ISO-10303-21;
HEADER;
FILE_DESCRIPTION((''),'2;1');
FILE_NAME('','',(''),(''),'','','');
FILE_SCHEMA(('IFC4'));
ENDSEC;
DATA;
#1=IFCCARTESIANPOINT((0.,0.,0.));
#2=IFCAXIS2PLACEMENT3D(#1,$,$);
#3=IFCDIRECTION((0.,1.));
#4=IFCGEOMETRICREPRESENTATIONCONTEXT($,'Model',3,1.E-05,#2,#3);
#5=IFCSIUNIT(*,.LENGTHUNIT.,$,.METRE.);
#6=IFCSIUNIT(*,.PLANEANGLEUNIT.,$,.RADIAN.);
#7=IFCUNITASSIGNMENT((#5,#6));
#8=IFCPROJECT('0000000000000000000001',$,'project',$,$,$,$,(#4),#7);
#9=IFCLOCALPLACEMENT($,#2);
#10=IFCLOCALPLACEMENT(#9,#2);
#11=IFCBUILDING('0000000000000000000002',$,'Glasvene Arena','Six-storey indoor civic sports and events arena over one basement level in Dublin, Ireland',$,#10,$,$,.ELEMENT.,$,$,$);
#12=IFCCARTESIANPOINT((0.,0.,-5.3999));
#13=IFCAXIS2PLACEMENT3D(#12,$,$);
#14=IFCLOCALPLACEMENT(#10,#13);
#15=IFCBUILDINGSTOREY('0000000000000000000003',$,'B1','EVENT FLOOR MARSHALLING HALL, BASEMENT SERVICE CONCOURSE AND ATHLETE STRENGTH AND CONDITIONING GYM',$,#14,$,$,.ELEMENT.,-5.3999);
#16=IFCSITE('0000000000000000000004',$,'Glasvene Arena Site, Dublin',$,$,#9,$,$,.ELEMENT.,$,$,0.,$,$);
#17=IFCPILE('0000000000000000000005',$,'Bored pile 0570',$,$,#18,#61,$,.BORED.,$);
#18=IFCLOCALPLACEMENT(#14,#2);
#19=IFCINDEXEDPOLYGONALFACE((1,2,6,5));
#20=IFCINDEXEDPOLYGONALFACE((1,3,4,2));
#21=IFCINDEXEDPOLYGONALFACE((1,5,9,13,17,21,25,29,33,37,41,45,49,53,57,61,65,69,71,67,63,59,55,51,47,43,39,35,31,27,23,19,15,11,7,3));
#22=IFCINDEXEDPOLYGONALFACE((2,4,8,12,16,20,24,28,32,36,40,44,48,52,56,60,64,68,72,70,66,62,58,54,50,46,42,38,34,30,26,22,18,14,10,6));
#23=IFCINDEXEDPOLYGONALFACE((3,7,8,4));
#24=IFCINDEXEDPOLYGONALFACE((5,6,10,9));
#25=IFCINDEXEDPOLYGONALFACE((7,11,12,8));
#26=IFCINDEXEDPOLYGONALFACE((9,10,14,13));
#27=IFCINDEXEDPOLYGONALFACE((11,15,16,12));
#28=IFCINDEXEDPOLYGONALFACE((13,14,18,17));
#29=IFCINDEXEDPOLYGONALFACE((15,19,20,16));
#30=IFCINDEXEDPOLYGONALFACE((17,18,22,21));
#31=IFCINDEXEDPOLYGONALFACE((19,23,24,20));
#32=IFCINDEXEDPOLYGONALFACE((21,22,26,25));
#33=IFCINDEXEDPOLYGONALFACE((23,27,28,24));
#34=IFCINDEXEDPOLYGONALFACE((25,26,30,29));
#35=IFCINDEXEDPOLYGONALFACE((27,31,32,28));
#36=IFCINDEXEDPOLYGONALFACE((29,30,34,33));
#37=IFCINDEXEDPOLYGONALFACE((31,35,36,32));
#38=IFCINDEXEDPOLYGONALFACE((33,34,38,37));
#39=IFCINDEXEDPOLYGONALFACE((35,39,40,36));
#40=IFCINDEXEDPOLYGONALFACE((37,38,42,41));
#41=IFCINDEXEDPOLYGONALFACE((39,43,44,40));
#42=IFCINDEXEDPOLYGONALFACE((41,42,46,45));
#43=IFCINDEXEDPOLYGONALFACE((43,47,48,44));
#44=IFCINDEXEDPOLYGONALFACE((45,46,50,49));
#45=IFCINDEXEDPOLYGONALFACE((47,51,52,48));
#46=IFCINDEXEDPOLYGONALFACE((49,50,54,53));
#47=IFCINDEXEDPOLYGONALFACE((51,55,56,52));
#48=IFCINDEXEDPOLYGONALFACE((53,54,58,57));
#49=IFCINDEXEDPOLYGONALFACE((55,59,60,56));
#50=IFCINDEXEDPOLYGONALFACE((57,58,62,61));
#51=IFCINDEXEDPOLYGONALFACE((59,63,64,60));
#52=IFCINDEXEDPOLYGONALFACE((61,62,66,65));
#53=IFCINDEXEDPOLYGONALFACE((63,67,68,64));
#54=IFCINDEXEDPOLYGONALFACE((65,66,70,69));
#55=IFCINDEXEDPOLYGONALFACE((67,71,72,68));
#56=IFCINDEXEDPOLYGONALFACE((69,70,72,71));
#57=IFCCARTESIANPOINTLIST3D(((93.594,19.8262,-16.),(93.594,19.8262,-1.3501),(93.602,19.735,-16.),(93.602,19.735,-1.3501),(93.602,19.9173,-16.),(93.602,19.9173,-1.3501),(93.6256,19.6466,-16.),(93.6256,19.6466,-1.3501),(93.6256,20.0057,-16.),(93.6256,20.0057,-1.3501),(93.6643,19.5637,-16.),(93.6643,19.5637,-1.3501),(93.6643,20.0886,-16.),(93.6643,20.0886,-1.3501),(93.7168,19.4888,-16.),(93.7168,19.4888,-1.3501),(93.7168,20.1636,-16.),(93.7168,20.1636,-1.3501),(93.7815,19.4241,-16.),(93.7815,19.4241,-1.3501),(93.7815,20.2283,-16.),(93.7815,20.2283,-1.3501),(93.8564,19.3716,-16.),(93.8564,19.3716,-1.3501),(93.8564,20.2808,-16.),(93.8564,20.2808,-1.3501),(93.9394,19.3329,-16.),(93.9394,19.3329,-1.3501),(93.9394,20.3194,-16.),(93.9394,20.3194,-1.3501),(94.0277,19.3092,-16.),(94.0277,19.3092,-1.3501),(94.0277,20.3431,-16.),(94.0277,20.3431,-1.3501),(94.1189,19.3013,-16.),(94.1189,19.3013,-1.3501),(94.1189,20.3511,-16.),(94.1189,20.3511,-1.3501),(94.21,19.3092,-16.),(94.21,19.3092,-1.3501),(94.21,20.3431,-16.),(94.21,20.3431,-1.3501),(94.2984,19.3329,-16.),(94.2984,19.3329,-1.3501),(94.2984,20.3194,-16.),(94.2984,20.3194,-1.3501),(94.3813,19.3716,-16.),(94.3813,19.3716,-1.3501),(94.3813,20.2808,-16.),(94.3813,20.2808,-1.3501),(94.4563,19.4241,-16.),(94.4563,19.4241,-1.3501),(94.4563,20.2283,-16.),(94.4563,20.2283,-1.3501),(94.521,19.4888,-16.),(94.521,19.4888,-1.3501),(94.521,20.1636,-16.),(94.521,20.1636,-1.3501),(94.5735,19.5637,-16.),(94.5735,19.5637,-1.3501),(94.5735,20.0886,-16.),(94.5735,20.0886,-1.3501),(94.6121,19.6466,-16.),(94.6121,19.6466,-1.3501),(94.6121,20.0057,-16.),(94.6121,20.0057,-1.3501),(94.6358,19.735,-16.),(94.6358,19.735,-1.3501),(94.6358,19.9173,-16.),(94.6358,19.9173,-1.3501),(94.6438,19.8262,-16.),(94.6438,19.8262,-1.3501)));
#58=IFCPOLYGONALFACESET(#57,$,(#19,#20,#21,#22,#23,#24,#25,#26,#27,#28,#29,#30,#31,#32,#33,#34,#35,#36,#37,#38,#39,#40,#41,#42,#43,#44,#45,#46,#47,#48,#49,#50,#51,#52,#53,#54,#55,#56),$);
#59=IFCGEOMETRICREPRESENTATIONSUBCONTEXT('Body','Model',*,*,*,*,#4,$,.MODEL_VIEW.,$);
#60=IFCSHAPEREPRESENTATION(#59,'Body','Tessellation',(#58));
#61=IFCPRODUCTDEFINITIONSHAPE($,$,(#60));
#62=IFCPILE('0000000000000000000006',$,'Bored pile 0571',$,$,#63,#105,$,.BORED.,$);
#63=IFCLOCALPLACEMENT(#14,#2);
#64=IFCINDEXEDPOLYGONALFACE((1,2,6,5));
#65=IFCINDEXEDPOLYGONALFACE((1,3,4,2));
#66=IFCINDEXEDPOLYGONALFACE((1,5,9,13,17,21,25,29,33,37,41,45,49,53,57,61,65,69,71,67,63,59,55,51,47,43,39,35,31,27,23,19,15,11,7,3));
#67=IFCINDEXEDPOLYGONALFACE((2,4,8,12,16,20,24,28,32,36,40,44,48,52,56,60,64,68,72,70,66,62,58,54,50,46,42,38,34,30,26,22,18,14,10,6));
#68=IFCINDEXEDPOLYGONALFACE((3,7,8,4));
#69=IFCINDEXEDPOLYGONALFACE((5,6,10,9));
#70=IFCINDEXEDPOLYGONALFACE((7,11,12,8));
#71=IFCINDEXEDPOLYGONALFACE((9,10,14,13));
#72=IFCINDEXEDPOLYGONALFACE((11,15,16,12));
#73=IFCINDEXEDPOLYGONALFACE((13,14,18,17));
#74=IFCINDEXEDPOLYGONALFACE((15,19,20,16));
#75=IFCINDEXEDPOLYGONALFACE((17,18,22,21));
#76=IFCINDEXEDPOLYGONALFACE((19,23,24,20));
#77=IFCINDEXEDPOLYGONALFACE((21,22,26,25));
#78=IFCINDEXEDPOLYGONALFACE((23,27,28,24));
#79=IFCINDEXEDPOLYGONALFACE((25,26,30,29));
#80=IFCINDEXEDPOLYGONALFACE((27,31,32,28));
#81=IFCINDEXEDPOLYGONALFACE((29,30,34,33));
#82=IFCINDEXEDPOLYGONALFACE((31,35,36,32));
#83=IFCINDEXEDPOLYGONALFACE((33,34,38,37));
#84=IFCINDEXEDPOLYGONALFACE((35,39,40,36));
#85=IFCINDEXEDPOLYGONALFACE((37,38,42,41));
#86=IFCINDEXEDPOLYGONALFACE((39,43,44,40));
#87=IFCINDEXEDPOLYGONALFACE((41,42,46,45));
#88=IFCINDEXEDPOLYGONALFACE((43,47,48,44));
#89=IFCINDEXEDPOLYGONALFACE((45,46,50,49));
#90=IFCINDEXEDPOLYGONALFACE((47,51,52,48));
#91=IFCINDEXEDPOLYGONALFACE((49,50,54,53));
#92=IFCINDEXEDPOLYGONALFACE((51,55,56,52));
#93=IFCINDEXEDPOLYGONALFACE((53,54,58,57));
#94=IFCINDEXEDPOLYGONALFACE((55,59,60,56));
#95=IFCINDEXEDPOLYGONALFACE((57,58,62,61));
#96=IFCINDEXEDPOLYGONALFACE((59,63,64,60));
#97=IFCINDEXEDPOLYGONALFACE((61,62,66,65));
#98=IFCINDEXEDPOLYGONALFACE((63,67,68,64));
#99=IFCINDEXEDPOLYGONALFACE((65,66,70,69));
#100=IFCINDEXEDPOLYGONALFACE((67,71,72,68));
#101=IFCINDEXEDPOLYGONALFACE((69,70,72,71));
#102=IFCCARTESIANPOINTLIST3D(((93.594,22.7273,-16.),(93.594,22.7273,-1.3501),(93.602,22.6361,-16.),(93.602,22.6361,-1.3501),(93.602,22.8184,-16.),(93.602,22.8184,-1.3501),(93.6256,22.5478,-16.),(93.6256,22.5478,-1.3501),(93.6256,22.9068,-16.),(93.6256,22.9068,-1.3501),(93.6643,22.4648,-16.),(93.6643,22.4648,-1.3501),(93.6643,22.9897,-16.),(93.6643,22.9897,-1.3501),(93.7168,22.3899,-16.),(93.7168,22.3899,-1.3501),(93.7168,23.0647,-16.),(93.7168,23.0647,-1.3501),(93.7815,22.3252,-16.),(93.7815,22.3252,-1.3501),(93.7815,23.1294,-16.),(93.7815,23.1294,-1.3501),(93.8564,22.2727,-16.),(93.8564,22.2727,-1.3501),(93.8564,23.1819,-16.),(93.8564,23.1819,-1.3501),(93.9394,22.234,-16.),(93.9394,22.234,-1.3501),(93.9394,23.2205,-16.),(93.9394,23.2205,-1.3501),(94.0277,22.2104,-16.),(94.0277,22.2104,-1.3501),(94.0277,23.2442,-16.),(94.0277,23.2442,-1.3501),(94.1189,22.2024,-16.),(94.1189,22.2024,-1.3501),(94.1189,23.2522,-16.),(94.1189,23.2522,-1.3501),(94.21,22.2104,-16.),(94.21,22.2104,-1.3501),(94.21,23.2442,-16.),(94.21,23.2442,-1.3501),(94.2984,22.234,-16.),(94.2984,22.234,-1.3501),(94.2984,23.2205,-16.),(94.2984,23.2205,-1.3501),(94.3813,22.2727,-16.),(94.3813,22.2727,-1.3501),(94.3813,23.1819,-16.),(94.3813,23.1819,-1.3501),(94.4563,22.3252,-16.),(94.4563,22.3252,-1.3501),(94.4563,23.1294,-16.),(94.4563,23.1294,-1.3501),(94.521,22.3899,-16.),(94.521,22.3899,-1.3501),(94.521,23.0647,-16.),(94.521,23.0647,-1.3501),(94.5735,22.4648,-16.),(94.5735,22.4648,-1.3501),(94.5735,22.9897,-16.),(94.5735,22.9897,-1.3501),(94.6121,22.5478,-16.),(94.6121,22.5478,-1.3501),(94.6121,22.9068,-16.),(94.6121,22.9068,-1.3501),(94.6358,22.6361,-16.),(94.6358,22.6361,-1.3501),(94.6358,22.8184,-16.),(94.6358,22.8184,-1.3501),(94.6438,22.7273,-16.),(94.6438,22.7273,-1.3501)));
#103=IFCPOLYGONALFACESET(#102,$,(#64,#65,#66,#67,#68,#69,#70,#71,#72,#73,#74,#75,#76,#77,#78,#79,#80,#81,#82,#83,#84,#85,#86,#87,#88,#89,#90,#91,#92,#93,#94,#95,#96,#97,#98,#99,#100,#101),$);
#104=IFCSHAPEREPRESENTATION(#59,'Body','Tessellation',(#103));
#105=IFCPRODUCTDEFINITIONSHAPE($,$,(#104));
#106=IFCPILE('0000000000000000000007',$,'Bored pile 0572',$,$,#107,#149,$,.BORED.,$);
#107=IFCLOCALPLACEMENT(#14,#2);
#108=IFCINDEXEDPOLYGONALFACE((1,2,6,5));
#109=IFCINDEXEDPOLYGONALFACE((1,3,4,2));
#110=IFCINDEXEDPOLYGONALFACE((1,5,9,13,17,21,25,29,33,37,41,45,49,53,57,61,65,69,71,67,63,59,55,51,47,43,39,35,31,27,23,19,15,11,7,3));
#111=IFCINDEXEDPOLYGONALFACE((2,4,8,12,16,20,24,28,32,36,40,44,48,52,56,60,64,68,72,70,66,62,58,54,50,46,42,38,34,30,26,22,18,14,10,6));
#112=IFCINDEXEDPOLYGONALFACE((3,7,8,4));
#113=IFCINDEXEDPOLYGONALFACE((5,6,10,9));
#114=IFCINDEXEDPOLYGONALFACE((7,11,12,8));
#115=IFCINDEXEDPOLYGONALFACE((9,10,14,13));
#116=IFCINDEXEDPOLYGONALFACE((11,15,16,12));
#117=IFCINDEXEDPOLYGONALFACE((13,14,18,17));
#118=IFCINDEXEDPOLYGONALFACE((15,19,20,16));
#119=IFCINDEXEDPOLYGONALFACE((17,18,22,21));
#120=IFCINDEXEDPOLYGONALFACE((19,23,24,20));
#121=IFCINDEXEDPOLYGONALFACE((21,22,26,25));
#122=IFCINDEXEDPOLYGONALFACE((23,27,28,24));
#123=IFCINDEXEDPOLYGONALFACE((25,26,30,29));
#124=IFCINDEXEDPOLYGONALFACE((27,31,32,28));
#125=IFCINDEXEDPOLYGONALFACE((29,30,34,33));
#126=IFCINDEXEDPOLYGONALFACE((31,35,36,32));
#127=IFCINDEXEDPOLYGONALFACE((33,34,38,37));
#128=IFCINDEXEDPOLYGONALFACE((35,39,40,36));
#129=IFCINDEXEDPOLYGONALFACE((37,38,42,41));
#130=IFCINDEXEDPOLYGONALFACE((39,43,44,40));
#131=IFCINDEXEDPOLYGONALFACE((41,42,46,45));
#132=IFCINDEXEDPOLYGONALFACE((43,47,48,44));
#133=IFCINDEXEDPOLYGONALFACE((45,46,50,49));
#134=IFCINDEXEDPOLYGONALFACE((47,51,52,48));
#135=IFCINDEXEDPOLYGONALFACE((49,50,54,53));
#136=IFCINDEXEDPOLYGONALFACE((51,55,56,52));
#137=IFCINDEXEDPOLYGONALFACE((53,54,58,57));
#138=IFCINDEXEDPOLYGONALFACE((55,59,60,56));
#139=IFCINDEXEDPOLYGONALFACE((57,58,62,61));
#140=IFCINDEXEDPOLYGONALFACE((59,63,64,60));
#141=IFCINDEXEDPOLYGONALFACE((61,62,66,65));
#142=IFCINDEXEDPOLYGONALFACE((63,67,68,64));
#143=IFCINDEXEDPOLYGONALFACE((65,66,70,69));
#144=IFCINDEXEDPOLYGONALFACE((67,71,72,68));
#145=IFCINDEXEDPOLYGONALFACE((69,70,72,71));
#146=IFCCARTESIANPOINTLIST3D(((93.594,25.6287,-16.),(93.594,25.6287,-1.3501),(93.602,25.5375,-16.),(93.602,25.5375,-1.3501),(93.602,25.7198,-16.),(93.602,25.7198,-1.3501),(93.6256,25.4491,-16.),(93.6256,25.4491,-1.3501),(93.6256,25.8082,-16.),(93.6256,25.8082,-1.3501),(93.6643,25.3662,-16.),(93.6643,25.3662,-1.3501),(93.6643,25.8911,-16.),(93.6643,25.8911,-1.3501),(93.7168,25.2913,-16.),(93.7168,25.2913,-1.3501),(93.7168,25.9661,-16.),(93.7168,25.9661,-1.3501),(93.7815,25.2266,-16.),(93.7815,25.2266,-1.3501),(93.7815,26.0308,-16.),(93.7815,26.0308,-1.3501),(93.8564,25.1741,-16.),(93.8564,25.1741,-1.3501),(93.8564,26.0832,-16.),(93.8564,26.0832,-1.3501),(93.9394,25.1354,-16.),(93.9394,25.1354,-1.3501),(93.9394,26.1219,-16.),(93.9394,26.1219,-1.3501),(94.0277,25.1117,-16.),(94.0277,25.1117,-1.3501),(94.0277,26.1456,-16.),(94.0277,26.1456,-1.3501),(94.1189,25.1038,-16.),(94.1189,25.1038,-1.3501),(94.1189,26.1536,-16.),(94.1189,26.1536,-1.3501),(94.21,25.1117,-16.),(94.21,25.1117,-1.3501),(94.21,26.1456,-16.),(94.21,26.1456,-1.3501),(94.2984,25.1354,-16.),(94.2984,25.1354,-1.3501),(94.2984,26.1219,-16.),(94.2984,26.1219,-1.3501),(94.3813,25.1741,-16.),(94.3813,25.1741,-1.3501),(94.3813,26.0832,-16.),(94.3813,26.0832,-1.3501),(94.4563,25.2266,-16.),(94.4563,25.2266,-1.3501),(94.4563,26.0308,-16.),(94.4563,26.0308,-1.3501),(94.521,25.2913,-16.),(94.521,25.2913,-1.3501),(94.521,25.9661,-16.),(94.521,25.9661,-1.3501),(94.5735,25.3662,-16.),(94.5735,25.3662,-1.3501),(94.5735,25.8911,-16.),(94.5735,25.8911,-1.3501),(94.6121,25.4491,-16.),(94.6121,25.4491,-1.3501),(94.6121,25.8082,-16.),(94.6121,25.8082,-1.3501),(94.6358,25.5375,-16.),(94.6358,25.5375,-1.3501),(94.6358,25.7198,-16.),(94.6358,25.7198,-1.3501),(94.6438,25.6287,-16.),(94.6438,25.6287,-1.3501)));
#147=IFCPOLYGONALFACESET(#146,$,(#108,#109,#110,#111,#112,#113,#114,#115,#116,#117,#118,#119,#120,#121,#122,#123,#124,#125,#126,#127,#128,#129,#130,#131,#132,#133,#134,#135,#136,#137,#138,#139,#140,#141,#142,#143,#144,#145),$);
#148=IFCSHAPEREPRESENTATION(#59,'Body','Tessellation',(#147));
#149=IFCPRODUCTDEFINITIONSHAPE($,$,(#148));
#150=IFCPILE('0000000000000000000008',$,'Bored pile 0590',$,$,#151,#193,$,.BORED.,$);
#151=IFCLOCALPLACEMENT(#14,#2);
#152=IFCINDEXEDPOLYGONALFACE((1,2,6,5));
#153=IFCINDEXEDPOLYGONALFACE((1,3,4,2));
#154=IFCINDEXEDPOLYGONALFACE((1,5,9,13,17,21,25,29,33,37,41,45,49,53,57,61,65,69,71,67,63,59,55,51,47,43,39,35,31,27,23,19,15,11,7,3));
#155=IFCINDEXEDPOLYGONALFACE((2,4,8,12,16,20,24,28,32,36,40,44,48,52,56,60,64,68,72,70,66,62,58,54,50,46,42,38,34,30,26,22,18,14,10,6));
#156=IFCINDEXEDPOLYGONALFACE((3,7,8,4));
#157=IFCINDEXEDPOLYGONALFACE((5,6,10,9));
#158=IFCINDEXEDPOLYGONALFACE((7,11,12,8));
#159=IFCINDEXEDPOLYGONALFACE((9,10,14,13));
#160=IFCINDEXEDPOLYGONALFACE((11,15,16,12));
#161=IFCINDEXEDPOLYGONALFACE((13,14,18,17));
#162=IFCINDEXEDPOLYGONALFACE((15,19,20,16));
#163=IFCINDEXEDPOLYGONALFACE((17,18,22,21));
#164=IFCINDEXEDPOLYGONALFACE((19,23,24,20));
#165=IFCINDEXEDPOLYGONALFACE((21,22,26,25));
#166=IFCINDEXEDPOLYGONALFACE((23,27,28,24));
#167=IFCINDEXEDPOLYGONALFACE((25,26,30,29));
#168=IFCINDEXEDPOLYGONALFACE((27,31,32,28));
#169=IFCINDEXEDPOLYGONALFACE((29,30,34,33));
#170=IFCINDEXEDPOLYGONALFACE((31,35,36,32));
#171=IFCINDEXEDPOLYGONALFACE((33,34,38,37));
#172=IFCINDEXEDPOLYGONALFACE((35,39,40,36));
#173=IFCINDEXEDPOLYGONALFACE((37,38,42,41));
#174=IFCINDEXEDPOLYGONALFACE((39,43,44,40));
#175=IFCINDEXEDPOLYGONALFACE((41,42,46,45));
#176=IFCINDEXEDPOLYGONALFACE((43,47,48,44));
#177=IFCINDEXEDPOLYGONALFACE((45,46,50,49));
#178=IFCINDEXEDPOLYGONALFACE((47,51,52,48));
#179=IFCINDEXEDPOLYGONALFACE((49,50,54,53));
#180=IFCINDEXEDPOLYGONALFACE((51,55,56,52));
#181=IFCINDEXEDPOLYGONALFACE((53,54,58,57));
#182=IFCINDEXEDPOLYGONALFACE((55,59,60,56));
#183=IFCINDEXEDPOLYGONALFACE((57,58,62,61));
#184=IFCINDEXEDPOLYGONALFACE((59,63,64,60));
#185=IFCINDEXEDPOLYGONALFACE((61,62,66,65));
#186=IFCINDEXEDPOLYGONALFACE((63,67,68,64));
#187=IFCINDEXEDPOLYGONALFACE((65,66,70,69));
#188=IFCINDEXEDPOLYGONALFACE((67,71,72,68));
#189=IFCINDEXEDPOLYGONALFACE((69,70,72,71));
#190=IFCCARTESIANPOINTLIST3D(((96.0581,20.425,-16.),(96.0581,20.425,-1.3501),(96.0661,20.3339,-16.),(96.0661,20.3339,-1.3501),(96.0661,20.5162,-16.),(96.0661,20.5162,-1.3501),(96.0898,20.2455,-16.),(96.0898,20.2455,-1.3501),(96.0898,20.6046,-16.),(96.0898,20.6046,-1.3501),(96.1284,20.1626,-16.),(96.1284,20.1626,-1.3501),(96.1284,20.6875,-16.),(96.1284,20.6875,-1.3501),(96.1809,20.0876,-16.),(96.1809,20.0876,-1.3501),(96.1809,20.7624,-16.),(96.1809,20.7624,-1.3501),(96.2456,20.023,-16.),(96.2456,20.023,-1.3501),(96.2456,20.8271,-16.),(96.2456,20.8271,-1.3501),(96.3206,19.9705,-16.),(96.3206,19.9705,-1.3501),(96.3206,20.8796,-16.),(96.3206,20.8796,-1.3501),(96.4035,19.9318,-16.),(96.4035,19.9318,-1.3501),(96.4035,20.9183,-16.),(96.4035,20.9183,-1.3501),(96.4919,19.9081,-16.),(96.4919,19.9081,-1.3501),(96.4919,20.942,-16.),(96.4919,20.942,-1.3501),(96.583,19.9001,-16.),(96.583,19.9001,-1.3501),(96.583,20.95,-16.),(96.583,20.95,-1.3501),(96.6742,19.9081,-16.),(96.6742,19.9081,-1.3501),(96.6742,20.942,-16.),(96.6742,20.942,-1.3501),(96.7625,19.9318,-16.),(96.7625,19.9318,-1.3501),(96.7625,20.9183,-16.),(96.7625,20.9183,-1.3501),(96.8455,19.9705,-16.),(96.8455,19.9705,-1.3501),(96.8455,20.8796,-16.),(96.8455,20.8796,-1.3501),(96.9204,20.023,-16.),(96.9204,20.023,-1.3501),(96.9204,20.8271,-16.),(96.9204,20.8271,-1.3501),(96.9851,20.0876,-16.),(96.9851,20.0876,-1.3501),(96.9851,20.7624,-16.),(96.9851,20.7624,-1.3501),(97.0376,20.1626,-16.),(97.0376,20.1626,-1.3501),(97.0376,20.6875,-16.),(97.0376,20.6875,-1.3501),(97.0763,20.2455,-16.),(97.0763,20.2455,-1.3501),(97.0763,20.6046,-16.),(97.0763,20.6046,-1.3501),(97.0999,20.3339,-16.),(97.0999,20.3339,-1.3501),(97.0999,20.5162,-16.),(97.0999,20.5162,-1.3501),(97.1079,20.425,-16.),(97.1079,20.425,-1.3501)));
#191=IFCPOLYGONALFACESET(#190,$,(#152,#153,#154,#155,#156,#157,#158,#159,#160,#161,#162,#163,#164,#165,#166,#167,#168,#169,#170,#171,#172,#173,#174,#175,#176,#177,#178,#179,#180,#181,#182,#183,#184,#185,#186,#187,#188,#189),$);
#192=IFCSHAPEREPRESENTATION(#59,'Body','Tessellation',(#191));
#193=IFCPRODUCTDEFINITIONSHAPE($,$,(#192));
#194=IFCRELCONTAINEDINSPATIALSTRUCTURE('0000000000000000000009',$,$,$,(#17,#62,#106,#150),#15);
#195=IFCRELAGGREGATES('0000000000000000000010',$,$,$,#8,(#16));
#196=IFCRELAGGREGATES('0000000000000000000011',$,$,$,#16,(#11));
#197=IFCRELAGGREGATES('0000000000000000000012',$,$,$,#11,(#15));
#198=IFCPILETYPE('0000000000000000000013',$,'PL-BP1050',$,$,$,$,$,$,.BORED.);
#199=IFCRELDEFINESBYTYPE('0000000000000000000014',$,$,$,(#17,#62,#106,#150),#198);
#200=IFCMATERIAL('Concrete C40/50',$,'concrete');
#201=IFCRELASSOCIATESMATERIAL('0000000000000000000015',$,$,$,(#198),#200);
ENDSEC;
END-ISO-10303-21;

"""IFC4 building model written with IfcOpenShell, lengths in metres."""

from ifc_helpers import new_model, si_unit, direction, frame, origin, origin_2d, place, context, subcontext, project, spatial, circle, extrude, material, material_profile, profile_set, type_object, element, save


model = new_model("IFC4")

# Units and contexts
model_context = context("Model", 3, precision=1e-05, world=origin(), true_north=direction((0.0, 1.0)))
body_context = subcontext(model_context, "Body", "Model", "MODEL_VIEW")
ifc_project = project(units=[si_unit("LENGTHUNIT", "METRE"), si_unit("PLANEANGLEUNIT", "RADIAN")], contexts=[model_context])

# Site, building, storey
site_placement = place(None, origin())
site = spatial("IfcSite", under=ifc_project, at=site_placement, Name="Glasvene Arena Site, Dublin", CompositionType="ELEMENT", RefElevation=0.0)
building_placement = place(site_placement, origin())
building = spatial("IfcBuilding", under=site, at=building_placement, Name="Glasvene Arena", Description="Six-storey indoor civic sports and events arena over one basement level in Dublin, Ireland", CompositionType="ELEMENT")
storey_placement = place(building_placement, frame((0.0, 0.0, -5.3999)))
storey = spatial("IfcBuildingStorey", under=building, at=storey_placement, Name="B1", Description="EVENT FLOOR MARSHALLING HALL, BASEMENT SERVICE CONCOURSE AND ATHLETE STRENGTH AND CONDITIONING GYM", CompositionType="ELEMENT", Elevation=-5.3999)

# Piles
ifc_material_1 = material(Name="Concrete C40/50", Category="concrete")
ifc_material_profile_1 = material_profile(ifc_material_1, circle(Radius=0.5249, at=origin_2d()), Name="BORED PILE 1050")
ifc_profile_set_1 = profile_set([ifc_material_profile_1], Name="Concrete C40/50")
pile_type = type_object("IfcPileType", Name="PL-BP1050", PredefinedType="BORED", material=ifc_profile_set_1)
for number, where, z_axis, x_axis, name in (
    (1, (94.1189, 19.8262, -1.3501), (0.0, 0.0, -1.0), (1.0, 0.0, 0.0), "Bored pile 0570"),
    (2, (94.1189, 22.7273, -1.3501), (0.0, 0.0, -1.0), (1.0, 0.0, 0.0), "Bored pile 0571"),
    (3, (94.1189, 25.6287, -1.3501), (0.0, 0.0, -1.0), (1.0, 0.0, 0.0), "Bored pile 0572"),
    (4, (96.583, 20.425, -1.3501), (0.0, 0.0, -1.0), (1.0, 0.0, 0.0), "Bored pile 0590"),
):
    element("IfcPile", number, at=place(storey_placement, frame(where, z_axis=z_axis, x_axis=x_axis)), inside=storey, type_object=pile_type, Name=name, PredefinedType="BORED", context=body_context, shape_type="SweptSolid", body=[
        extrude(circle(Radius=0.5249, at=origin_2d()), origin(), (0.0, 0.0, 1.0), 14.6499),
    ])

save(model, "model.ifc")
